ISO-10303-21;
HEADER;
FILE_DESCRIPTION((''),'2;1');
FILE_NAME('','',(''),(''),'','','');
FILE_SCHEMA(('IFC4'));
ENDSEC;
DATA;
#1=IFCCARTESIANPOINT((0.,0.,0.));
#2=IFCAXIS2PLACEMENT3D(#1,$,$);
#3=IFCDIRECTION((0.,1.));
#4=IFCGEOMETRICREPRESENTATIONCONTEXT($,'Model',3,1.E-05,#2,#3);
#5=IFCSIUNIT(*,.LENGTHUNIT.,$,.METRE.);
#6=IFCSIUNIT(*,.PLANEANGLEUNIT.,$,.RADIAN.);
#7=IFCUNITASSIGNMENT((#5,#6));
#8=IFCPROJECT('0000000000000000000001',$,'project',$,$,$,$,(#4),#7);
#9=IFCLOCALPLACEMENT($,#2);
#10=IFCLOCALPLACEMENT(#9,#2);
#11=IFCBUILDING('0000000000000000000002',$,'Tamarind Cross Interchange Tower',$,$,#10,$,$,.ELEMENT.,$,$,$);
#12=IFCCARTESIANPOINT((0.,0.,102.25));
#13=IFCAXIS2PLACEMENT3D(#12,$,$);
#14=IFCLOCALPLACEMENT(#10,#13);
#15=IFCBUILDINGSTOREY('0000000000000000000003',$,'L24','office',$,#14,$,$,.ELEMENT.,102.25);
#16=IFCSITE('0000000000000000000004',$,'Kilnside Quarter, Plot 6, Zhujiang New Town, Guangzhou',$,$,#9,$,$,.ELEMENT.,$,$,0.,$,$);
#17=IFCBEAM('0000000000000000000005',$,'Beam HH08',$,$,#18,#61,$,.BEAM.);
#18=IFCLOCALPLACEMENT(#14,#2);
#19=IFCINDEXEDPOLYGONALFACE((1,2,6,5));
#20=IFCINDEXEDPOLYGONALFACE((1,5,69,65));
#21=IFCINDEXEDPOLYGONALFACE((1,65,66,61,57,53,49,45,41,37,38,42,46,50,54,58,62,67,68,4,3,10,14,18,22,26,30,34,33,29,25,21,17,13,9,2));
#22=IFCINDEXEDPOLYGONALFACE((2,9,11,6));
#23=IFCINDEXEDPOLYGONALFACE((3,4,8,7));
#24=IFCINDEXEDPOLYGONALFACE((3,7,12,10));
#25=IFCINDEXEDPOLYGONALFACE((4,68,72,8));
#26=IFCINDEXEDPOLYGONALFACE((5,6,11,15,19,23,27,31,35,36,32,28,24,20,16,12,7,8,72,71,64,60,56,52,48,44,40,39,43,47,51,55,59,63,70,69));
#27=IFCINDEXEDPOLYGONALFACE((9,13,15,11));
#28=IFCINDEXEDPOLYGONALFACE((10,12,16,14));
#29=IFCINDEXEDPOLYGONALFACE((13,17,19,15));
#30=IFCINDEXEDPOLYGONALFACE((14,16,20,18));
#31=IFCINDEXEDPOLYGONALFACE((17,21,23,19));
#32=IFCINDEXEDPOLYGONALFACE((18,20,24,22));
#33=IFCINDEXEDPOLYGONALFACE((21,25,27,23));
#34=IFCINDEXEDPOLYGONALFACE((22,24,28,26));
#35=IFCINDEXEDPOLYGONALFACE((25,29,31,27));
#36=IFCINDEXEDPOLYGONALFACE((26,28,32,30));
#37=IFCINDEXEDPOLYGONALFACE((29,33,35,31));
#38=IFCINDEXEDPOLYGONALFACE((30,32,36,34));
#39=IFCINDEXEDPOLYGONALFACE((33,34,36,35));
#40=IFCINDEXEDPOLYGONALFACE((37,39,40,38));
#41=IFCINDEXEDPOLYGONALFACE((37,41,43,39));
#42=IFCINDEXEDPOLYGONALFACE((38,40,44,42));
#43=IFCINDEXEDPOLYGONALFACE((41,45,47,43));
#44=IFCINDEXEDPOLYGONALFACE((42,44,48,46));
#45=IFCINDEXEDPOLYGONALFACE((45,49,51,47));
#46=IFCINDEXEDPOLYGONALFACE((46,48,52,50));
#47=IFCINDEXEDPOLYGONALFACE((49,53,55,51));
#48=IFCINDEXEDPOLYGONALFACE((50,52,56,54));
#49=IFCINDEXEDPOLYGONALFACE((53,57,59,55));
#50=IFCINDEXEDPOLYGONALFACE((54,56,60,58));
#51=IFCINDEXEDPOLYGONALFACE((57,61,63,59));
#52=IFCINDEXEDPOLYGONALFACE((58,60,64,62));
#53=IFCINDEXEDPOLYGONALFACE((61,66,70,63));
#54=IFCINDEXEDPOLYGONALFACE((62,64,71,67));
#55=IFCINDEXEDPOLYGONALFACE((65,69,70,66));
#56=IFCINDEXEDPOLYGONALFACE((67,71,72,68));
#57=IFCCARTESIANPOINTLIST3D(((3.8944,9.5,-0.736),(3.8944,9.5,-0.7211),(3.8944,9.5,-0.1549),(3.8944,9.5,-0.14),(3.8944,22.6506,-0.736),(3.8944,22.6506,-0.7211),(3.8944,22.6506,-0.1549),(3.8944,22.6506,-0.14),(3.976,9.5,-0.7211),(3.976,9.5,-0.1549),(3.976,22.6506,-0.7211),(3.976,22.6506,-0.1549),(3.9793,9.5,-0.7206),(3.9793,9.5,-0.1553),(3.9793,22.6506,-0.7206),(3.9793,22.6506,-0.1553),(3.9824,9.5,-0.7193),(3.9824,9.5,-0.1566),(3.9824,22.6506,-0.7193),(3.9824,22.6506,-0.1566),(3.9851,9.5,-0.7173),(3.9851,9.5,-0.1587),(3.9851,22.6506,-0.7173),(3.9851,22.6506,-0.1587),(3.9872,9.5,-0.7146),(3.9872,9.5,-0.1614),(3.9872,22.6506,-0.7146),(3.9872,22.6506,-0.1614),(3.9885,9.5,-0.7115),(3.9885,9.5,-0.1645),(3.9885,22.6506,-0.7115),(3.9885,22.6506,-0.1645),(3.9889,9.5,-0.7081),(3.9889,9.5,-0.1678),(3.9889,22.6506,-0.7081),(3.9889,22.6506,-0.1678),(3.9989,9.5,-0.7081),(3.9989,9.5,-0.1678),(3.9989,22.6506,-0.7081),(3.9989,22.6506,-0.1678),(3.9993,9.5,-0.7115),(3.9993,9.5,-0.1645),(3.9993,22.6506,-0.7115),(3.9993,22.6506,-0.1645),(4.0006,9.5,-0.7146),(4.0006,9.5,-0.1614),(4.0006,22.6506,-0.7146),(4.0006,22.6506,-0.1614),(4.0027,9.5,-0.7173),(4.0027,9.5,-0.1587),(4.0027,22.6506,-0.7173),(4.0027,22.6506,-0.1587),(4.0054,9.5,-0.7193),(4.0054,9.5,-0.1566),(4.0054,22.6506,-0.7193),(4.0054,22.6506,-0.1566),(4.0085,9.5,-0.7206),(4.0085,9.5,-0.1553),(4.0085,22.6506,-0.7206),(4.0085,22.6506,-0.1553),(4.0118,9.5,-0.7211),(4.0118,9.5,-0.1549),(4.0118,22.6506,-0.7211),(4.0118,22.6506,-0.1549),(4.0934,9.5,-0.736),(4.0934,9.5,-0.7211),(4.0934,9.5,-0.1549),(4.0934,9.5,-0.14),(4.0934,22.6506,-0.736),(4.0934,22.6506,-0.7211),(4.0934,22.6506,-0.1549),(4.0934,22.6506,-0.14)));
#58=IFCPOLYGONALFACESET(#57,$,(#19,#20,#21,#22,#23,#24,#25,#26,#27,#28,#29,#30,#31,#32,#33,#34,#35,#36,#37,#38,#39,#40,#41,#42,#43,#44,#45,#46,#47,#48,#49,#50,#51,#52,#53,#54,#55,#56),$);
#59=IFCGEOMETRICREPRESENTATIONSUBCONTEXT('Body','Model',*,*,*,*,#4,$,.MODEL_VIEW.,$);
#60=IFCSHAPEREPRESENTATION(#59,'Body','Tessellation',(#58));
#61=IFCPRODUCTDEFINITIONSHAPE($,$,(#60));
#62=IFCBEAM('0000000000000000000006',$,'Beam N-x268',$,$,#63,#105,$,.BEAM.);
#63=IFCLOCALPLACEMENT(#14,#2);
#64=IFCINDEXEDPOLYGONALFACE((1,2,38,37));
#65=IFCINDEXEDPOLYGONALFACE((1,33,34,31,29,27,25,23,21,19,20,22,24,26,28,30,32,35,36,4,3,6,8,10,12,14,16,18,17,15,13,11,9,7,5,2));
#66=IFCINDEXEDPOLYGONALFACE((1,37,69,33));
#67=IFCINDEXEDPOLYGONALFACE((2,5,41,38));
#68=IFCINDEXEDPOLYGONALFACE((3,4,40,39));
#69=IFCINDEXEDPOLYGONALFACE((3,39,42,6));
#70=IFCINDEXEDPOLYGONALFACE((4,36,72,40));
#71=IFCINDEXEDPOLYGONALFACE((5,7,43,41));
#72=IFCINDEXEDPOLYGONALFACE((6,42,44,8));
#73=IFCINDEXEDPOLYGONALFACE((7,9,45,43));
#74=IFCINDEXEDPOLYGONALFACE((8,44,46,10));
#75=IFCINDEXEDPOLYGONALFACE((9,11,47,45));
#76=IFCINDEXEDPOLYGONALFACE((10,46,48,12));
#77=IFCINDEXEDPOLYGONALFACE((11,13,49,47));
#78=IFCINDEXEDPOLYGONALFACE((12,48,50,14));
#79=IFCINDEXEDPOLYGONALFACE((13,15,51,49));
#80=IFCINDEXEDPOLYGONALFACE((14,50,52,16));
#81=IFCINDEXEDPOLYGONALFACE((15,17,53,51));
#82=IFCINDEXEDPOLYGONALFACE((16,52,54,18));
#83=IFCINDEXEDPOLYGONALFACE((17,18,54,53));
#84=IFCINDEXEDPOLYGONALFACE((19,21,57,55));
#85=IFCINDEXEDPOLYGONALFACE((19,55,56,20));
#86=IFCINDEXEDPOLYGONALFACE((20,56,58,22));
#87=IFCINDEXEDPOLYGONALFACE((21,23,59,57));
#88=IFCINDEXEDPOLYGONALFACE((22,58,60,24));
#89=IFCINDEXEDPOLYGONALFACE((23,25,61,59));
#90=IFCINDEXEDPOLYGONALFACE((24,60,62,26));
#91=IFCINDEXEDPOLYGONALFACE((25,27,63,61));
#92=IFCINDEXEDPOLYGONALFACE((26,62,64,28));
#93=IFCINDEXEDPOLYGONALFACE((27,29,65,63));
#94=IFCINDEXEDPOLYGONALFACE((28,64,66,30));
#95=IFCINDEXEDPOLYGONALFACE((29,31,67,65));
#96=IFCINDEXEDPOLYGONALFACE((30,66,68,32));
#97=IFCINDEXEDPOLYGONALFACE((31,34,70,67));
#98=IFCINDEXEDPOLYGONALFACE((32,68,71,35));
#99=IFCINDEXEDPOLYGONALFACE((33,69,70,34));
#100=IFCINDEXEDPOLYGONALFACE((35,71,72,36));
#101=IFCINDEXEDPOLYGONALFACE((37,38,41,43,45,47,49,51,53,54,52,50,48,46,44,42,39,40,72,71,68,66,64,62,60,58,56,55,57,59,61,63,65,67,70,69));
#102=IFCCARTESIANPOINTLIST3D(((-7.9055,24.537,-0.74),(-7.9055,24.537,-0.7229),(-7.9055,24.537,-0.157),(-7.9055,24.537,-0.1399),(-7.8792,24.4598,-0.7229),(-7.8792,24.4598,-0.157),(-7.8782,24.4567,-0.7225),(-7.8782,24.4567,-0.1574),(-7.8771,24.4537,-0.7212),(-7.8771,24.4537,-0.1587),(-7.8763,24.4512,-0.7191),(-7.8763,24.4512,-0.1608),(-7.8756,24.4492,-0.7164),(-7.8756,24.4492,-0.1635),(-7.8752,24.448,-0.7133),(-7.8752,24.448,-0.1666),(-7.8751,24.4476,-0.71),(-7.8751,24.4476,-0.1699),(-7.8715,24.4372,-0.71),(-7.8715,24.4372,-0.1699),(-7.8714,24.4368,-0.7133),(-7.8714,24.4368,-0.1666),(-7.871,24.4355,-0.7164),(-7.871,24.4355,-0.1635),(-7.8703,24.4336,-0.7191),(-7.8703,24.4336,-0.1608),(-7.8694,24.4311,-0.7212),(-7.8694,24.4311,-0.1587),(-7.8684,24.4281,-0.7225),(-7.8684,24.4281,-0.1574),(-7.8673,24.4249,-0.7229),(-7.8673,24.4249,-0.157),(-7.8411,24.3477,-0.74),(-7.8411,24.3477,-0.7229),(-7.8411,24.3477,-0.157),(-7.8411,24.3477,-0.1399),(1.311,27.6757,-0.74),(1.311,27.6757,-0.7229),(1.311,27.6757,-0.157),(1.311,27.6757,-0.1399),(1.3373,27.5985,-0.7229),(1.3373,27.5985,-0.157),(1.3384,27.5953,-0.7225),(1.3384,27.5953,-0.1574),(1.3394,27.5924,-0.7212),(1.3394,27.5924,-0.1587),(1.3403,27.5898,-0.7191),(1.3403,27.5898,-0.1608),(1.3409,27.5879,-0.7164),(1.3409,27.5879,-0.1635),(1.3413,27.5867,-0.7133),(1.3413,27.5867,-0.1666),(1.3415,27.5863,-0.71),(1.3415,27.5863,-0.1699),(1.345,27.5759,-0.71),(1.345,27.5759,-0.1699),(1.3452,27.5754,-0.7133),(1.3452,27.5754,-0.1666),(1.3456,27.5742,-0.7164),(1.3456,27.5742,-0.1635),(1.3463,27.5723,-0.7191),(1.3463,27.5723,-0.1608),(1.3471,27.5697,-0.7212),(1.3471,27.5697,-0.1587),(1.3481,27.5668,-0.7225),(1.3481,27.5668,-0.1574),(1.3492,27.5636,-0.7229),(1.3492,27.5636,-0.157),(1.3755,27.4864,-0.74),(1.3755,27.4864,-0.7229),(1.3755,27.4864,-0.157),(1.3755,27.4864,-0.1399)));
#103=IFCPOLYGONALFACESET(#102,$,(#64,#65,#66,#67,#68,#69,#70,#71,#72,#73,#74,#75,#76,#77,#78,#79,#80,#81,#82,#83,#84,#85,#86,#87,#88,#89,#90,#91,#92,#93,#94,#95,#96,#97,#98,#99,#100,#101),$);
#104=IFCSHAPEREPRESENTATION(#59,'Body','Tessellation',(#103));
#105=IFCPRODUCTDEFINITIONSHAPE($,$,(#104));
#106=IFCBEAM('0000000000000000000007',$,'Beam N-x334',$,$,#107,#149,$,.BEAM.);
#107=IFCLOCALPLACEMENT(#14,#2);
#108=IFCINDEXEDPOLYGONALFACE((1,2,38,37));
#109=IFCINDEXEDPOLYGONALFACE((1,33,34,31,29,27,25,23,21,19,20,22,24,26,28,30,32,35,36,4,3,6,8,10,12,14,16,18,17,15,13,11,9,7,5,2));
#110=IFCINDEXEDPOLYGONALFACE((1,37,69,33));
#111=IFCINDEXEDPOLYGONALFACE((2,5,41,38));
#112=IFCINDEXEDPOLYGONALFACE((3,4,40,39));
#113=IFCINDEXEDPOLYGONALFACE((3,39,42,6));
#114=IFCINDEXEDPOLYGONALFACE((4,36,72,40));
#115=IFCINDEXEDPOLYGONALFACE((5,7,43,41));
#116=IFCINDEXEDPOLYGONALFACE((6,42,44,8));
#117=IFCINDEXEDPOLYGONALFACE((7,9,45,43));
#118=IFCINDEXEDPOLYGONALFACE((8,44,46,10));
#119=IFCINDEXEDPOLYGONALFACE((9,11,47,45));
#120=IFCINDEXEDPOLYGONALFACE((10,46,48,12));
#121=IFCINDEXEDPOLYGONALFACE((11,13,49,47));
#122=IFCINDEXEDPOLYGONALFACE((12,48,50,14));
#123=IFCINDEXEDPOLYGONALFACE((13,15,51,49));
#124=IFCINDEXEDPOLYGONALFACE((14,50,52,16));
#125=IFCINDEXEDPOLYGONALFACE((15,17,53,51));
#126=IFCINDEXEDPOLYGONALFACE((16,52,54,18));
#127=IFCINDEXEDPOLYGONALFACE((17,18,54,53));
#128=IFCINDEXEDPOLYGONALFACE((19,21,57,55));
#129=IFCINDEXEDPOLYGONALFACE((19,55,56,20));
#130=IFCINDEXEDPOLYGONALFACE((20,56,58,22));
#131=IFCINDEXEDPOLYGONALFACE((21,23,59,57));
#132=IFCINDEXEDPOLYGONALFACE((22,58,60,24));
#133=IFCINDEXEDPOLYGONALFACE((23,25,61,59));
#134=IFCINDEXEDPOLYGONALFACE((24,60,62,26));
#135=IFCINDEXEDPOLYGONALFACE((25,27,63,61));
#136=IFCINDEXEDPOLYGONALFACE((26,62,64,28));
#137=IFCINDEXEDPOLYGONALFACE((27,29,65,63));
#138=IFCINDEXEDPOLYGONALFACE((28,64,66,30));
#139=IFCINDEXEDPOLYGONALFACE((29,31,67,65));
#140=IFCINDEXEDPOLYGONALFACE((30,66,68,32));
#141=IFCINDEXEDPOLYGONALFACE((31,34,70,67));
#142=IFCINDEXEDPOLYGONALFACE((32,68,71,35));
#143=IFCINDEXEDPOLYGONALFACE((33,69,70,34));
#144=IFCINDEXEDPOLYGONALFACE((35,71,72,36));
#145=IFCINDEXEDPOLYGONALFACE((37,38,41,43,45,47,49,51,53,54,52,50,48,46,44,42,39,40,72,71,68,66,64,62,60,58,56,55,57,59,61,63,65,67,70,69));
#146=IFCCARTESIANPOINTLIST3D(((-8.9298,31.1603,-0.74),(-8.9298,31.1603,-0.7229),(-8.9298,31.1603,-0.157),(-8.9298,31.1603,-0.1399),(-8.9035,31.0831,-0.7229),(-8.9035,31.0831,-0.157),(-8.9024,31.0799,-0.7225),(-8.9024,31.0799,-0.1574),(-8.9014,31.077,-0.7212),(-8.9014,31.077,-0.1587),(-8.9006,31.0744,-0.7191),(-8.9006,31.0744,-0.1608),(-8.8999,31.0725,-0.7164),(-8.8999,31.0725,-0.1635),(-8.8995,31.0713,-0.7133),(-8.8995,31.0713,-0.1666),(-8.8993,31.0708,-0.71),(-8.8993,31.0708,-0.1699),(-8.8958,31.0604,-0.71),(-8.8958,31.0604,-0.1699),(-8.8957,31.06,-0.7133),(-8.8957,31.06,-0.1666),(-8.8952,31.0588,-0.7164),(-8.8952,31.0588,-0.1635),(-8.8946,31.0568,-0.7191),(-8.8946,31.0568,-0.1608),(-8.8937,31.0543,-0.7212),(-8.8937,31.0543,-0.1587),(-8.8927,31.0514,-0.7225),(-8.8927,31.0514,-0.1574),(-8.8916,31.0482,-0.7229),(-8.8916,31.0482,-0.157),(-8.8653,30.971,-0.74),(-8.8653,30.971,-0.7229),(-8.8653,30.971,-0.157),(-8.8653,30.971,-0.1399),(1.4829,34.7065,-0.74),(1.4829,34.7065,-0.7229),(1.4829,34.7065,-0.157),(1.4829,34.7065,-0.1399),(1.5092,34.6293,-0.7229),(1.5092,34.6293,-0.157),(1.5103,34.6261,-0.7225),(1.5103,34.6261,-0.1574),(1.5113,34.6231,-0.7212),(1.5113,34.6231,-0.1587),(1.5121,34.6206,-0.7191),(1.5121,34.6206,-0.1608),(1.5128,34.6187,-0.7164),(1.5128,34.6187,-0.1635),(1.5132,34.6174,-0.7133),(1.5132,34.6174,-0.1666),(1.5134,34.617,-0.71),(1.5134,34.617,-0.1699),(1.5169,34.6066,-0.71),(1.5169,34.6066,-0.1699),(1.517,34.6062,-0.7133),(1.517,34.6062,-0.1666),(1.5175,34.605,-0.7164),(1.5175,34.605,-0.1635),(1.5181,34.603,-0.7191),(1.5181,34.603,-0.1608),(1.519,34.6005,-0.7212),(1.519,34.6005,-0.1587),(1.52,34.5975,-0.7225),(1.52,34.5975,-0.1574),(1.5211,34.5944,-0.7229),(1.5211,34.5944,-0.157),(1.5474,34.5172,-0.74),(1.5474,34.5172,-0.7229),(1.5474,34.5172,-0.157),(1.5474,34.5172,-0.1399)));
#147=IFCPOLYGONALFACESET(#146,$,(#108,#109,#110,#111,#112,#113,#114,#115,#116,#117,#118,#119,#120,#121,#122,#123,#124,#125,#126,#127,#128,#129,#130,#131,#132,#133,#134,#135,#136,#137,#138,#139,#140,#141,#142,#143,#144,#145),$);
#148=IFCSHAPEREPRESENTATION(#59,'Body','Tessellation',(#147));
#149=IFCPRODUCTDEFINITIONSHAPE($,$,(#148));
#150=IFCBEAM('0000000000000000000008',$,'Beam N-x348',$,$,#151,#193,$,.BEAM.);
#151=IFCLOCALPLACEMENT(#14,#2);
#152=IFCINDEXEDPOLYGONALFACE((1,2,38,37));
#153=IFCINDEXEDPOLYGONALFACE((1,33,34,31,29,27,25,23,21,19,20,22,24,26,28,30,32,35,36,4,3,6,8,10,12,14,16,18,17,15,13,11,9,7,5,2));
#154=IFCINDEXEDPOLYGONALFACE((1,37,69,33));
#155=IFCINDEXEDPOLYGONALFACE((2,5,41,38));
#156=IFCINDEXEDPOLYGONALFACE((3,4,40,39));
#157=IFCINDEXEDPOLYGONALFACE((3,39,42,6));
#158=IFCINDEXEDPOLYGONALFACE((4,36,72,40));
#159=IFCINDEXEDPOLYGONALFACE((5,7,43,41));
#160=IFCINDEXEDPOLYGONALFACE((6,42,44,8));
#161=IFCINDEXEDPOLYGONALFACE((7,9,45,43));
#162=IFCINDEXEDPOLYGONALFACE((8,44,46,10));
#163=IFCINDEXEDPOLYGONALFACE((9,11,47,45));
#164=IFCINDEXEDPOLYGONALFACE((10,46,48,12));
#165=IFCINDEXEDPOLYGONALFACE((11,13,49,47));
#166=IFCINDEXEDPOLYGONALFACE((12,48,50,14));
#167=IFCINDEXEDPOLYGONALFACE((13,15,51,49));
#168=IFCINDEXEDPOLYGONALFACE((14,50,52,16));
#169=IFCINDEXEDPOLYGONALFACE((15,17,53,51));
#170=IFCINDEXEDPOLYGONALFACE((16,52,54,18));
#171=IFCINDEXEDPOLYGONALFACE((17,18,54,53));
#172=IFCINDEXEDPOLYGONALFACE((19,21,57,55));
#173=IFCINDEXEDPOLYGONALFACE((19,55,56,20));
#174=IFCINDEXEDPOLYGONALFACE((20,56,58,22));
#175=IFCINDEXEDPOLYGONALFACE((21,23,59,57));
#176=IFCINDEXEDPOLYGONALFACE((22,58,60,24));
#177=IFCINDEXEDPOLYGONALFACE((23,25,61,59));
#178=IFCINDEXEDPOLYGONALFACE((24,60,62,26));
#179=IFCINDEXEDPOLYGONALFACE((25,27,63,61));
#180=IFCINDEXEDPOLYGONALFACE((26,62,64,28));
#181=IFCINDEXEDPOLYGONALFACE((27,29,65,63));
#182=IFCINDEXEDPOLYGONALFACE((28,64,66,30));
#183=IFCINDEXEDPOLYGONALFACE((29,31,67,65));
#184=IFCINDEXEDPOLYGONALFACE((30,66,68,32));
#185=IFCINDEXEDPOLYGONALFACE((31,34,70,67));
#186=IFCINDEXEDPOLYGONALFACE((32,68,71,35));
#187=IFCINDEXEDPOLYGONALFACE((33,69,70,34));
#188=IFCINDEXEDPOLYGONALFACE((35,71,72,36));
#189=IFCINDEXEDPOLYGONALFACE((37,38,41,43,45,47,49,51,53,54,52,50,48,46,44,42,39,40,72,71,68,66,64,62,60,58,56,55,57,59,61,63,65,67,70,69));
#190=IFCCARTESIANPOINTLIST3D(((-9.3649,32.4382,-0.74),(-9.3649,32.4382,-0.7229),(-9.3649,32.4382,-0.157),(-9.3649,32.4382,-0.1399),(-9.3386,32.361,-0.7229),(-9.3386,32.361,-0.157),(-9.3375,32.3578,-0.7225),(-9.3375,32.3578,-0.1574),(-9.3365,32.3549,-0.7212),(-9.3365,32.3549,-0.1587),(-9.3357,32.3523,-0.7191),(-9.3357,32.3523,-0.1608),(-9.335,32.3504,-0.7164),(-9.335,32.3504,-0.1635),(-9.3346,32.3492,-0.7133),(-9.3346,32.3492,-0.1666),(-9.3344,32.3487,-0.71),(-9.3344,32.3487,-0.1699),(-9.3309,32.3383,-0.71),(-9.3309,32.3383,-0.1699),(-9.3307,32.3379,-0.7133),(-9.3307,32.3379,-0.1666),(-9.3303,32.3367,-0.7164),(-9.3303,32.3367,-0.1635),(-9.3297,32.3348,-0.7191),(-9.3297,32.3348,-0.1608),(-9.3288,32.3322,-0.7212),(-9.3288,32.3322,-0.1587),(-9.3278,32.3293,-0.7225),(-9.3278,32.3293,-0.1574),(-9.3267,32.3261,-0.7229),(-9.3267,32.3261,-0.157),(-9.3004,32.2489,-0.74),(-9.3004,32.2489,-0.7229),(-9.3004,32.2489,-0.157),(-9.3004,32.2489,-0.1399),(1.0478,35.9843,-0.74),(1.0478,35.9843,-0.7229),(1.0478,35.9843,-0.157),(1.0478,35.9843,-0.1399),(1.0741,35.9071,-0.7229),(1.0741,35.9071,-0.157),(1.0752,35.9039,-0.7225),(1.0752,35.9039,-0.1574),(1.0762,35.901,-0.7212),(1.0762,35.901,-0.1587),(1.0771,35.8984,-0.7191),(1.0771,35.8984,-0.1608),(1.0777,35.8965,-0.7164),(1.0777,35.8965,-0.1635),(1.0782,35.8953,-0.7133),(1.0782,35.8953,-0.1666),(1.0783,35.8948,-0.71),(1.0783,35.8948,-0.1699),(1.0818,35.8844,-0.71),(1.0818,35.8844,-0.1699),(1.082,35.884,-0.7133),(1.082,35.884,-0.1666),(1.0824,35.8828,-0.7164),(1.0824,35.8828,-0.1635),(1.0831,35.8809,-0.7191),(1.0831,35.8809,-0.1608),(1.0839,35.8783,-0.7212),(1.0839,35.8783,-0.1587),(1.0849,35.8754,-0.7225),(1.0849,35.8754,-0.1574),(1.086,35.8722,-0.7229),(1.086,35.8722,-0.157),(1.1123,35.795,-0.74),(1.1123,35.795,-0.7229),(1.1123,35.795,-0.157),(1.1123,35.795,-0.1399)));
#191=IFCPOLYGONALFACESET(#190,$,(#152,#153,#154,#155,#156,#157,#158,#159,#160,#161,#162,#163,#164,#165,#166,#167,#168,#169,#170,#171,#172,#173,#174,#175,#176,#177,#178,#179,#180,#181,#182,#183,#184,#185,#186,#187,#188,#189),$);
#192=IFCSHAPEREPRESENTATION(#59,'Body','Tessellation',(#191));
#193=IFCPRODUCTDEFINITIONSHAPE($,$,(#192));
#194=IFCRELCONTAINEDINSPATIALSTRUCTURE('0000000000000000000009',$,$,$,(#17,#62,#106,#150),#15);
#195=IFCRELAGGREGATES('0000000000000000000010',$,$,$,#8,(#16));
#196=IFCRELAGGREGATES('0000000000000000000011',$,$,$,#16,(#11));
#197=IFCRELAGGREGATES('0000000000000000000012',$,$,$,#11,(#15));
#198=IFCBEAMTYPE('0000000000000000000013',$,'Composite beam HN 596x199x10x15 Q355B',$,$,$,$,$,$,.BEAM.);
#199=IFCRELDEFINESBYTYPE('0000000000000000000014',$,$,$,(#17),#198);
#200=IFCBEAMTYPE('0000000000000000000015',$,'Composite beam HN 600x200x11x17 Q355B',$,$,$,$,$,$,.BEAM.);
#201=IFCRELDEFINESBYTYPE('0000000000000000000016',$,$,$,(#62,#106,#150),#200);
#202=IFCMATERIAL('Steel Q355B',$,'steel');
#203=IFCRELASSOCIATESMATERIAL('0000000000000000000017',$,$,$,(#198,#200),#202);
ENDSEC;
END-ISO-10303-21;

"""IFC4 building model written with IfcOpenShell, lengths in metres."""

from ifc_helpers import new_model, si_unit, direction, frame, origin, origin_2d, place, context, subcontext, project, spatial, i_section, extrude, material, material_profile, profile_set, type_object, element, save


model = new_model("IFC4")

# Units and contexts
model_context = context("Model", 3, precision=1e-05, world=origin(), true_north=direction((0.0, 1.0)))
body_context = subcontext(model_context, "Body", "Model", "MODEL_VIEW")
ifc_project = project(units=[si_unit("LENGTHUNIT", "METRE"), si_unit("PLANEANGLEUNIT", "RADIAN")], contexts=[model_context])

# Site, building, storey
site_placement = place(None, origin())
site = spatial("IfcSite", under=ifc_project, at=site_placement, Name="Kilnside Quarter, Plot 6, Zhujiang New Town, Guangzhou", CompositionType="ELEMENT", RefElevation=0.0)
building_placement = place(site_placement, origin())
building = spatial("IfcBuilding", under=site, at=building_placement, Name="Tamarind Cross Interchange Tower", CompositionType="ELEMENT")
storey_placement = place(building_placement, frame((0.0, 0.0, 102.25)))
storey = spatial("IfcBuildingStorey", under=building, at=storey_placement, Name="L24", Description="office", CompositionType="ELEMENT", Elevation=102.25)

# Beams
ifc_material_1 = material(Name="Steel Q355B", Category="steel")
ifc_material_profile_1 = material_profile(ifc_material_1, i_section(OverallWidth=0.199, OverallDepth=0.5959, WebThickness=0.01, FlangeThickness=0.0149, FilletRadius=0.0129, at=origin_2d()), Name="HN 596x199x10x15")
ifc_profile_set_1 = profile_set([ifc_material_profile_1], Name="Steel Q355B")
beam_type_1 = type_object("IfcBeamType", Name="Composite beam HN 596x199x10x15 Q355B", PredefinedType="BEAM", material=ifc_profile_set_1)
beam_1_placement = place(storey_placement, frame((3.9939, 22.6506, -0.438), z_axis=(0.0, -1.0, 0.0), x_axis=(1.0, 0.0, 0.0)))
element("IfcBeam", 1, at=beam_1_placement, inside=storey, type_object=beam_type_1, Name="Beam HH08", PredefinedType="BEAM", context=body_context, shape_type="SweptSolid", body=[
    extrude(i_section(OverallWidth=0.199, OverallDepth=0.5959, WebThickness=0.01, FlangeThickness=0.0149, FilletRadius=0.0129, at=origin_2d()), origin(), (0.0, 0.0, 1.0), 13.1506),
])
ifc_material_profile_2 = material_profile(ifc_material_1, i_section(OverallWidth=0.2, OverallDepth=0.6001, WebThickness=0.011, FlangeThickness=0.0171, FilletRadius=0.0129, at=origin_2d()), Name="HN 600x200x11x17")
ifc_profile_set_2 = profile_set([ifc_material_profile_2], Name="Steel Q355B")
beam_type_2 = type_object("IfcBeamType", Name="Composite beam HN 600x200x11x17 Q355B", PredefinedType="BEAM", material=ifc_profile_set_2)
beam_2_placement = place(storey_placement, frame((1.3433, 27.5811, -0.4399), z_axis=(-0.946615, -0.322367, 0.0), x_axis=(0.322367, -0.946615, 0.0)))
element("IfcBeam", 2, at=beam_2_placement, inside=storey, type_object=beam_type_2, Name="Beam N-x268", PredefinedType="BEAM", context=body_context, shape_type="SweptSolid", body=[
    extrude(i_section(OverallWidth=0.2, OverallDepth=0.6001, WebThickness=0.011, FlangeThickness=0.0171, FilletRadius=0.0129, at=origin_2d()), origin(), (0.0, 0.0, 1.0), 9.7363),
])
for number, where, z_axis, x_axis, name in (
    (3, (1.5151, 34.6118, -0.4399), (-0.94661, -0.32238, 0.0), (0.32238, -0.94661, 0.0), "Beam N-x334"),
    (4, (1.0801, 35.8896, -0.4399), (-0.946613, -0.322373, 0.0), (0.322373, -0.946613, 0.0), "Beam N-x348"),
):
    element("IfcBeam", number, at=place(storey_placement, frame(where, z_axis=z_axis, x_axis=x_axis)), inside=storey, type_object=beam_type_2, Name=name, PredefinedType="BEAM", context=body_context, shape_type="SweptSolid", body=[
        extrude(i_section(OverallWidth=0.2, OverallDepth=0.6001, WebThickness=0.011, FlangeThickness=0.0171, FilletRadius=0.0129, at=origin_2d()), origin(), (0.0, 0.0, 1.0), 11.0),
    ])

save(model, "model.ifc")
